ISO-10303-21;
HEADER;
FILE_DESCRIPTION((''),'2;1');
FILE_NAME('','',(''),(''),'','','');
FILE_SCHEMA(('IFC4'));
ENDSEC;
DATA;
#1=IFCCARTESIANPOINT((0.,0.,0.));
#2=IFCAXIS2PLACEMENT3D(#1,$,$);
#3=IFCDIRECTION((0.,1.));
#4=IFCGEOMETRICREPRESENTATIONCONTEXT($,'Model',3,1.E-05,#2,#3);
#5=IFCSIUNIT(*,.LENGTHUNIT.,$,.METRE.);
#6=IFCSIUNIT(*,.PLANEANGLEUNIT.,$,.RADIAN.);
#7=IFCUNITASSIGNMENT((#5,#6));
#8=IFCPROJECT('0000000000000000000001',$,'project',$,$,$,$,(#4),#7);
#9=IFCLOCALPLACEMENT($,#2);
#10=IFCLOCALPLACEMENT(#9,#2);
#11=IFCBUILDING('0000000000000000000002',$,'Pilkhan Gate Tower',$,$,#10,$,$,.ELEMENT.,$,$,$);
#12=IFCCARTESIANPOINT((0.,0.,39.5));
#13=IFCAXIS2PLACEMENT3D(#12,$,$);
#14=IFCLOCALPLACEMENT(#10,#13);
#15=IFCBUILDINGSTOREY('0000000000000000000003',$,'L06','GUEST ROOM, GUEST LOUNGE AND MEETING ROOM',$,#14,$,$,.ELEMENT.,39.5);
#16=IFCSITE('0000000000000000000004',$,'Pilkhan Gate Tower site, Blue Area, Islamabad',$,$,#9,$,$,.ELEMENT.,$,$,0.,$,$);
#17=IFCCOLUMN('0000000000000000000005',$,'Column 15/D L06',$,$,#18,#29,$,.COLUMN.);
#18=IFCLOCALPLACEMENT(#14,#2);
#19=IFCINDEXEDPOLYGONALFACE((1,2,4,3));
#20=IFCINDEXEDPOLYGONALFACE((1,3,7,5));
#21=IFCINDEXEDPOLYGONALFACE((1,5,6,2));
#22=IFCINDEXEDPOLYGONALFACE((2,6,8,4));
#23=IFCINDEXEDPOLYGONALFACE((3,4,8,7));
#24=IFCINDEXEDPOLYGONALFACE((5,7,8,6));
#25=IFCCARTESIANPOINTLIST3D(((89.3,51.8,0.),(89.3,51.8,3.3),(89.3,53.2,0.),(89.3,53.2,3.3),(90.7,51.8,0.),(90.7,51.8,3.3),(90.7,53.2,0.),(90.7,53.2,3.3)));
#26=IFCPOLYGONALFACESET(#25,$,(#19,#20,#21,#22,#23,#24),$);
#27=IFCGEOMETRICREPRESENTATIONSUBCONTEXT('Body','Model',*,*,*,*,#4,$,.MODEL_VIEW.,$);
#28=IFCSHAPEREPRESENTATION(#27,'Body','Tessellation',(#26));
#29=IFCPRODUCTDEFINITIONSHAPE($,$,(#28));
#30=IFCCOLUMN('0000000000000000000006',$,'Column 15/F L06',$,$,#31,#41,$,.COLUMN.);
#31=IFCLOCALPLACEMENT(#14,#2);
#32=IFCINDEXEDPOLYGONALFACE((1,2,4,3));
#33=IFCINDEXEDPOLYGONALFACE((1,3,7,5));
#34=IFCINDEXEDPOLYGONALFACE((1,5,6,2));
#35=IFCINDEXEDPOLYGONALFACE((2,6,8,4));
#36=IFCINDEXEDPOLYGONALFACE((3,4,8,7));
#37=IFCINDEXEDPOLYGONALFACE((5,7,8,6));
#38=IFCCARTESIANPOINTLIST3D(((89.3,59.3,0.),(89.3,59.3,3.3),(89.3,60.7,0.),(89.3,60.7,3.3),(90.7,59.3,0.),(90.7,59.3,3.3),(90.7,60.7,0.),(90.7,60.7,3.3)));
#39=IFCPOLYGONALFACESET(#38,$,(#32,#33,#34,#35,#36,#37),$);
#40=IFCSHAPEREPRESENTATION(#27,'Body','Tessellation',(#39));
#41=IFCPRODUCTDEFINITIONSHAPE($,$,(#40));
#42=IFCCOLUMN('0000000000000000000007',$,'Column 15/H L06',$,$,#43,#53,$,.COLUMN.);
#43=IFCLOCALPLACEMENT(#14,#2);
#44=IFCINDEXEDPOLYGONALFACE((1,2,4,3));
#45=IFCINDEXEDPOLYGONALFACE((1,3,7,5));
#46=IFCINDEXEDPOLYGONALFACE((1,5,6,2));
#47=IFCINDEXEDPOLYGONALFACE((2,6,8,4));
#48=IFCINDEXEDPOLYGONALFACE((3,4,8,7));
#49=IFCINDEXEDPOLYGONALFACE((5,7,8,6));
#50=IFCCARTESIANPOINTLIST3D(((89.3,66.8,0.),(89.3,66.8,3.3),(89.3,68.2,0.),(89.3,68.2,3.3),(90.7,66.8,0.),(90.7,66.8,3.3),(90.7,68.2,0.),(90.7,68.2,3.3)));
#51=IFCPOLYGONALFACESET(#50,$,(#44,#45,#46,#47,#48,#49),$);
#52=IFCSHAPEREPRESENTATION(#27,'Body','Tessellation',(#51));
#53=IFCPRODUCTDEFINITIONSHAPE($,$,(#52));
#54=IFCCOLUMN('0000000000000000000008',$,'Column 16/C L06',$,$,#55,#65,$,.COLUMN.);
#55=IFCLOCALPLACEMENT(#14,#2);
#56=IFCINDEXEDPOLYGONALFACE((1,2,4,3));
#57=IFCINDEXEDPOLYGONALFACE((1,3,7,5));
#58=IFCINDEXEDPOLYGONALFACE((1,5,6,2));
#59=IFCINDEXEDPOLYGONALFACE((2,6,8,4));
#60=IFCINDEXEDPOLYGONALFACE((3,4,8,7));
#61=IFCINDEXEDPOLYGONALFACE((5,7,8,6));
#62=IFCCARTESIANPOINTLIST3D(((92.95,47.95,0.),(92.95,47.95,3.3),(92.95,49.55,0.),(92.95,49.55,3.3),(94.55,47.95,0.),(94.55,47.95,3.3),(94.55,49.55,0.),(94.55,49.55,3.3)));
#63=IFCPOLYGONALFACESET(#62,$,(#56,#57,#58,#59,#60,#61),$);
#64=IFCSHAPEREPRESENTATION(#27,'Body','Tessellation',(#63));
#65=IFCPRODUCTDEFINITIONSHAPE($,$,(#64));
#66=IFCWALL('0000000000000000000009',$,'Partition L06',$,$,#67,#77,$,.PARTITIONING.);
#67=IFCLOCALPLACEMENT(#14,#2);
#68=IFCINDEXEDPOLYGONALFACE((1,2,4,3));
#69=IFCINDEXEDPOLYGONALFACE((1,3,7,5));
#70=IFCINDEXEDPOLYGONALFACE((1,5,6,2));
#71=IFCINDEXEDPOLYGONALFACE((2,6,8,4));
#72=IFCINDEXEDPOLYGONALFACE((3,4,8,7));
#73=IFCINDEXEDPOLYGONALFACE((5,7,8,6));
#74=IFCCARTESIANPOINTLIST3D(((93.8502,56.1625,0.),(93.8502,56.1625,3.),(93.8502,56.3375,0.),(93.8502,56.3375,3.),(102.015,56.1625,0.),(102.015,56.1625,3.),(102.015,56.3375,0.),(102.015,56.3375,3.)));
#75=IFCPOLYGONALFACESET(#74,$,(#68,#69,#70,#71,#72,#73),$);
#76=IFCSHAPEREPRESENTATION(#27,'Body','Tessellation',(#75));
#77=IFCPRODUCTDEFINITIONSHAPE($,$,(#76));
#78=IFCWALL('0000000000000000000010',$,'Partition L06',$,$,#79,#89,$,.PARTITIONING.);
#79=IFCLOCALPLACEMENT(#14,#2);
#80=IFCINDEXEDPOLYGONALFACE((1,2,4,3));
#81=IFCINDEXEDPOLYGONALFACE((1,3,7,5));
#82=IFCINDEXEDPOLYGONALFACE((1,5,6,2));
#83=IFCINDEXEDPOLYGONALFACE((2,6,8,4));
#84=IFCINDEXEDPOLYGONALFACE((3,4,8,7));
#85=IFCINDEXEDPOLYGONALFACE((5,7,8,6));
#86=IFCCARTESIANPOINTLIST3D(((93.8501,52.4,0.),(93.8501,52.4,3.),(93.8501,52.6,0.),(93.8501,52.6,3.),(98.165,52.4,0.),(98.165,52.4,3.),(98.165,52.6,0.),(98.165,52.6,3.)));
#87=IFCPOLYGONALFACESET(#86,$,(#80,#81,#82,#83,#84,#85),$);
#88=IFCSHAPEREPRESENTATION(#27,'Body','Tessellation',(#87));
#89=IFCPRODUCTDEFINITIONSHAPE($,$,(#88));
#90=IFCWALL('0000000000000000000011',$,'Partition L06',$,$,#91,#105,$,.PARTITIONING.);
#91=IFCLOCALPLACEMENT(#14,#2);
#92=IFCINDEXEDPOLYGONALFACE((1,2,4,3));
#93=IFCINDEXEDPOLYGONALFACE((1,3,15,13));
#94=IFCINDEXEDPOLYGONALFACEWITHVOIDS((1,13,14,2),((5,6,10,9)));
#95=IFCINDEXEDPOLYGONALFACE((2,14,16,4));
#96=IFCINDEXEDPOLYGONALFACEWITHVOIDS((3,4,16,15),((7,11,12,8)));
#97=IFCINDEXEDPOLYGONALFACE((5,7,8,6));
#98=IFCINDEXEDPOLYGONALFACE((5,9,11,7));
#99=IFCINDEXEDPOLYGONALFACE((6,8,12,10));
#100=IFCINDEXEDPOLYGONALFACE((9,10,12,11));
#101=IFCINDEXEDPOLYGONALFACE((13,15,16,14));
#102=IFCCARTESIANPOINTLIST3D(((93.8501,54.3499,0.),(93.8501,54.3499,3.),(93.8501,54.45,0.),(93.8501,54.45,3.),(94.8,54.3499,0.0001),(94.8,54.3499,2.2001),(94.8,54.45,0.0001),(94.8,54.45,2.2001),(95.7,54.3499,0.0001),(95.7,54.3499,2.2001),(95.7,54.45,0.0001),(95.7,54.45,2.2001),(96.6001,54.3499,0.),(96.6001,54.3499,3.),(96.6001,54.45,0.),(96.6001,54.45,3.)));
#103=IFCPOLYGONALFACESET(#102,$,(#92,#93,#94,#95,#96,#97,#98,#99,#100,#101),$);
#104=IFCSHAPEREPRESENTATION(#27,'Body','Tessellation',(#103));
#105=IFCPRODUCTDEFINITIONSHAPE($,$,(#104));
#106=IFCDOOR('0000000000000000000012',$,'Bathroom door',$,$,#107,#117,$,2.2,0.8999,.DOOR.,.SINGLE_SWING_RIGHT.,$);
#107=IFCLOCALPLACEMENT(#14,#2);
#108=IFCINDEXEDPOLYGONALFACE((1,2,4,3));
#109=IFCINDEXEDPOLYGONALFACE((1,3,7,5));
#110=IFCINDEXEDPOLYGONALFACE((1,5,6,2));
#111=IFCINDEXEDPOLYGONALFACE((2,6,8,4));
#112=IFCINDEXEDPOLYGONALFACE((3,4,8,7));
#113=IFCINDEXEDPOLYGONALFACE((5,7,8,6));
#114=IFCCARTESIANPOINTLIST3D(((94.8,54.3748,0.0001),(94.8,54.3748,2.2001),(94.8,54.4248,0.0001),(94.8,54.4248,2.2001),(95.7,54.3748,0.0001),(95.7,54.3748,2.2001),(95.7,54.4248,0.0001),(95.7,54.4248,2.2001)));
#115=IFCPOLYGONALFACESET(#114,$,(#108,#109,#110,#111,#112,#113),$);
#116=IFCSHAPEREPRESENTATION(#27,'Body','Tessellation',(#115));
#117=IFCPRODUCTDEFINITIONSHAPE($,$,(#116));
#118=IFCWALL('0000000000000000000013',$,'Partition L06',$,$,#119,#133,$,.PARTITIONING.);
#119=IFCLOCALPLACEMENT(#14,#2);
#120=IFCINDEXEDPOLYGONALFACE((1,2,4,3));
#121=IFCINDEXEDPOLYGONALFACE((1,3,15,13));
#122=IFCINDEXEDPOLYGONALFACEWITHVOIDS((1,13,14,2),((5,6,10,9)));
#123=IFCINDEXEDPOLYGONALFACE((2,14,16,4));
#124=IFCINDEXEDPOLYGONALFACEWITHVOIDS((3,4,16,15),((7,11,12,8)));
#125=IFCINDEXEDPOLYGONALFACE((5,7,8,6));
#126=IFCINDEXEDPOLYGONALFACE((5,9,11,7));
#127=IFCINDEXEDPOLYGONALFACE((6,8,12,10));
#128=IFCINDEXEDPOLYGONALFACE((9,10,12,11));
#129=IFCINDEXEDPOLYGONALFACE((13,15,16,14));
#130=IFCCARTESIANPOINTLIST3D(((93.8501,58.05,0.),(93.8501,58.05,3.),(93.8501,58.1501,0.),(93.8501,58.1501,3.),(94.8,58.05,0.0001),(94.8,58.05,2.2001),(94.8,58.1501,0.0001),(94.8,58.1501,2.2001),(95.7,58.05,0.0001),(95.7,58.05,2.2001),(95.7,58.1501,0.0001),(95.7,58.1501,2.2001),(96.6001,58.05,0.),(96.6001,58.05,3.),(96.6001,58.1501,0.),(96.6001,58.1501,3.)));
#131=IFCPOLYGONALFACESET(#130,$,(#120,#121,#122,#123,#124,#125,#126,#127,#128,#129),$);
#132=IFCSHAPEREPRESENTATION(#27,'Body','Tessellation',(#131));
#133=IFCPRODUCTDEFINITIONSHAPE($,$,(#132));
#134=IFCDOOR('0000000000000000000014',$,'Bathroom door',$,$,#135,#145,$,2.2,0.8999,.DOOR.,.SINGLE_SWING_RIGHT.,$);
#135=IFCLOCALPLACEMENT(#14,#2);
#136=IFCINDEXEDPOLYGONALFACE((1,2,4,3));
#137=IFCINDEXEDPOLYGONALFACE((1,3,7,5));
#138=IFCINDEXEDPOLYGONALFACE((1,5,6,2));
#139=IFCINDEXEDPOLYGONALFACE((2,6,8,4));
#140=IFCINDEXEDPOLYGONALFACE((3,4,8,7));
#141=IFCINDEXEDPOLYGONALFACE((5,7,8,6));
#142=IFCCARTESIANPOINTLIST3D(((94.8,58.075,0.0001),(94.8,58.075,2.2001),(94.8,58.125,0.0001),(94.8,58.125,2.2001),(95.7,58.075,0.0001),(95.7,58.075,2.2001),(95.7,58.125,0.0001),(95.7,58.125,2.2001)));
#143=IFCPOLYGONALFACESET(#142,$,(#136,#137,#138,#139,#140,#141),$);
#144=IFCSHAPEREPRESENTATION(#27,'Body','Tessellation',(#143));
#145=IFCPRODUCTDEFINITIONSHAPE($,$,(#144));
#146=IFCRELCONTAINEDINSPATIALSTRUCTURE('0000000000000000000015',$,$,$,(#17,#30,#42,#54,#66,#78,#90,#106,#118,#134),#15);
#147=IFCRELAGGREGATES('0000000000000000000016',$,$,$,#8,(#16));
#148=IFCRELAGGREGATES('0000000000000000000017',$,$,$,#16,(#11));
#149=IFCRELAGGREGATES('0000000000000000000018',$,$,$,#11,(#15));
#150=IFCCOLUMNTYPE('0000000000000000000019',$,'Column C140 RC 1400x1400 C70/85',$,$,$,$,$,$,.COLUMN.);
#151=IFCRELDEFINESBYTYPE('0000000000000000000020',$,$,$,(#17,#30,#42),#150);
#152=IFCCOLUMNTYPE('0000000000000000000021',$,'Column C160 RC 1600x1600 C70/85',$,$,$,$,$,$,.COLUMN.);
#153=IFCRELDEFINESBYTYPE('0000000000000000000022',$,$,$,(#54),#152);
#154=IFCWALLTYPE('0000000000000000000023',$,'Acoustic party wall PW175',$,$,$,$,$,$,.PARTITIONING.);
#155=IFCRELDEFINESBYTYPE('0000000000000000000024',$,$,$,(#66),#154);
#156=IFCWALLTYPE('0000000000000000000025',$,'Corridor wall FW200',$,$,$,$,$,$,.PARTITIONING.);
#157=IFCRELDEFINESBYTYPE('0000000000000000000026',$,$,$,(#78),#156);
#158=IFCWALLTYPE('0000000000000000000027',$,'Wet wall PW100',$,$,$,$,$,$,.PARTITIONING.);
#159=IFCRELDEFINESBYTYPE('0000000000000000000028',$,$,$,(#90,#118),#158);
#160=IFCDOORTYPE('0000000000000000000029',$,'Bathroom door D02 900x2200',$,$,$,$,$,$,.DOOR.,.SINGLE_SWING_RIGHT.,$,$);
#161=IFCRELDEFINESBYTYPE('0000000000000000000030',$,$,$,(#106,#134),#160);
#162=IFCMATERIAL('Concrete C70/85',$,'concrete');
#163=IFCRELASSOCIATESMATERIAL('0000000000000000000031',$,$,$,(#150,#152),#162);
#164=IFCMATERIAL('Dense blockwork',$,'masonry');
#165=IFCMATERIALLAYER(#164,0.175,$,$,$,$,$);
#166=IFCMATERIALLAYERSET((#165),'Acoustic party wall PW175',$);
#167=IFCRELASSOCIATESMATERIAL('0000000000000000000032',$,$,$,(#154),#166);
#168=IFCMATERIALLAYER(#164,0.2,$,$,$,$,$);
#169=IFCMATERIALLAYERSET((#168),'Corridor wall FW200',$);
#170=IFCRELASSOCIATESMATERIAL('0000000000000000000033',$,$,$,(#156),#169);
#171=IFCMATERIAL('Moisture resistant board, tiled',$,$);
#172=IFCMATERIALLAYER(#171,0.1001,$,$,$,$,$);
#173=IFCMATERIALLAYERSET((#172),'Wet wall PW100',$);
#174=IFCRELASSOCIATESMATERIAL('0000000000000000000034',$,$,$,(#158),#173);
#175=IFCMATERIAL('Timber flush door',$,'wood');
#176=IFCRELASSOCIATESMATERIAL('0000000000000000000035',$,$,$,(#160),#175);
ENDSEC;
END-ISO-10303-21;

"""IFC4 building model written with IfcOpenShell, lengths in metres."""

from ifc_helpers import new_model, si_unit, direction, frame, frame_2d, origin, origin_2d, place, context, subcontext, project, spatial, rectangle, extrude, material, layer, layer_set, material_profile, profile_set, type_object, element, fill, save


model = new_model("IFC4")

# Units and contexts
model_context = context("Model", 3, precision=1e-05, world=origin(), true_north=direction((0.0, 1.0)))
body_context = subcontext(model_context, "Body", "Model", "MODEL_VIEW")
ifc_project = project(units=[si_unit("LENGTHUNIT", "METRE"), si_unit("PLANEANGLEUNIT", "RADIAN")], contexts=[model_context])

# Site, building, storey
site_placement = place(None, origin())
site = spatial("IfcSite", under=ifc_project, at=site_placement, Name="Pilkhan Gate Tower site, Blue Area, Islamabad", CompositionType="ELEMENT", RefElevation=0.0)
building_placement = place(site_placement, origin())
building = spatial("IfcBuilding", under=site, at=building_placement, Name="Pilkhan Gate Tower", CompositionType="ELEMENT")
storey_placement = place(building_placement, frame((0.0, 0.0, 39.5)))
storey = spatial("IfcBuildingStorey", under=building, at=storey_placement, Name="L06", Description="GUEST ROOM, GUEST LOUNGE AND MEETING ROOM", CompositionType="ELEMENT", Elevation=39.5)

# Columns
ifc_material_1 = material(Name="Concrete C70/85", Category="concrete")
ifc_material_profile_1 = material_profile(ifc_material_1, rectangle(XDim=1.3999, YDim=1.3999, at=origin_2d()), Name="RC 1400x1400")
ifc_profile_set_1 = profile_set([ifc_material_profile_1], Name="Concrete C70/85")
column_type_1 = type_object("IfcColumnType", Name="Column C140 RC 1400x1400 C70/85", PredefinedType="COLUMN", material=ifc_profile_set_1)
for number, where, z_axis, x_axis, name in (
    (1, (90.0, 52.5, 0.0), (0.0, 0.0, 1.0), (1.0, 0.0, 0.0), "Column 15/D L06"),
    (2, (90.0, 60.0, 0.0), (0.0, 0.0, 1.0), (1.0, 0.0, 0.0), "Column 15/F L06"),
    (3, (90.0, 67.5, 0.0), (0.0, 0.0, 1.0), (1.0, 0.0, 0.0), "Column 15/H L06"),
):
    element("IfcColumn", number, at=place(storey_placement, frame(where, z_axis=z_axis, x_axis=x_axis)), inside=storey, type_object=column_type_1, Name=name, PredefinedType="COLUMN", context=body_context, shape_type="SweptSolid", body=[
        extrude(rectangle(XDim=1.3999, YDim=1.3999, at=origin_2d()), origin(), (0.0, 0.0, 1.0), 3.3),
    ])
ifc_material_profile_2 = material_profile(ifc_material_1, rectangle(XDim=1.6001, YDim=1.6001, at=origin_2d()), Name="RC 1600x1600")
ifc_profile_set_2 = profile_set([ifc_material_profile_2], Name="Concrete C70/85")
column_type_2 = type_object("IfcColumnType", Name="Column C160 RC 1600x1600 C70/85", PredefinedType="COLUMN", material=ifc_profile_set_2)
column_placement = place(storey_placement, frame((93.75, 48.75, 0.0), z_axis=(0.0, 0.0, 1.0), x_axis=(1.0, 0.0, 0.0)))
element("IfcColumn", 4, at=column_placement, inside=storey, type_object=column_type_2, Name="Column 16/C L06", PredefinedType="COLUMN", context=body_context, shape_type="SweptSolid", body=[
    extrude(rectangle(XDim=1.6001, YDim=1.6001, at=origin_2d()), origin(), (0.0, 0.0, 1.0), 3.3),
])

# Walls
ifc_material_2 = material(Name="Dense blockwork", Category="masonry")
ifc_layer_1 = layer(ifc_material_2, 0.175)
ifc_layer_set_1 = layer_set([ifc_layer_1], Name="Acoustic party wall PW175")
wall_type_1 = type_object("IfcWallType", Name="Acoustic party wall PW175", PredefinedType="PARTITIONING", material=ifc_layer_set_1)
wall_1_placement = place(storey_placement, frame((93.8501, 56.25, 0.0), z_axis=(0.0, 0.0, 1.0), x_axis=(1.0, 0.0, 0.0)))
element("IfcWall", 5, at=wall_1_placement, inside=storey, type_object=wall_type_1, Name="Partition L06", PredefinedType="PARTITIONING", context=body_context, shape_type="SweptSolid", body=[
    extrude(rectangle(XDim=8.1648, YDim=0.175, at=frame_2d((4.0825, 0.0))), origin(), (0.0, 0.0, 1.0), 3.0),
])
ifc_layer_2 = layer(ifc_material_2, 0.2)
ifc_layer_set_2 = layer_set([ifc_layer_2], Name="Corridor wall FW200")
wall_type_2 = type_object("IfcWallType", Name="Corridor wall FW200", PredefinedType="PARTITIONING", material=ifc_layer_set_2)
wall_2_placement = place(storey_placement, frame((93.8501, 52.5, 0.0), z_axis=(0.0, 0.0, 1.0), x_axis=(1.0, 0.0, 0.0)))
element("IfcWall", 6, at=wall_2_placement, inside=storey, type_object=wall_type_2, Name="Partition L06", PredefinedType="PARTITIONING", context=body_context, shape_type="SweptSolid", body=[
    extrude(rectangle(XDim=4.3149, YDim=0.2, at=frame_2d((2.1575, 0.0))), origin(), (0.0, 0.0, 1.0), 3.0),
])

# Walls, openings, doors
ifc_material_3 = material(Name="Moisture resistant board, tiled")
ifc_layer_3 = layer(ifc_material_3, 0.1001)
ifc_layer_set_3 = layer_set([ifc_layer_3], Name="Wet wall PW100")
wall_type_3 = type_object("IfcWallType", Name="Wet wall PW100", PredefinedType="PARTITIONING", material=ifc_layer_set_3)
wall_3_placement = place(storey_placement, frame((93.8501, 54.3999, 0.0), z_axis=(0.0, 0.0, 1.0), x_axis=(1.0, 0.0, 0.0)))
wall_3 = element("IfcWall", 7, at=wall_3_placement, inside=storey, type_object=wall_type_3, Name="Partition L06", PredefinedType="PARTITIONING", context=body_context, shape_type="SweptSolid", body=[
    extrude(rectangle(XDim=2.75, YDim=0.1001, at=frame_2d((1.375, 0.0))), origin(), (0.0, 0.0, 1.0), 3.0),
])
opening_1_placement = place(wall_3_placement, frame((0.95, 0.0, 0.0)))
opening_1 = element("IfcOpeningElement", 8, at=opening_1_placement, cuts=wall_3, PredefinedType="OPENING", context=body_context, shape_type="SweptSolid", body=[
    extrude(rectangle(XDim=0.8999, YDim=2.2, at=frame_2d((0.45, 1.1001))), frame((0.0, 0.0601, 0.0), z_axis=(0.0, -1.0, 0.0), x_axis=(1.0, 0.0, 0.0)), (0.0, 0.0, 1.0), 0.1201),
])
ifc_material_4 = material(Name="Timber flush door", Category="wood")
door_type_1 = type_object("IfcDoorType", Name="Bathroom door D02 900x2200", OperationType="SINGLE_SWING_RIGHT", PredefinedType="DOOR", material=ifc_material_4)
door_1_placement = place(opening_1_placement, origin())
door_1 = element("IfcDoor", 9, at=door_1_placement, inside=storey, type_object=door_type_1, Name="Bathroom door", OperationType="SINGLE_SWING_RIGHT", OverallHeight=2.2, OverallWidth=0.8999, PredefinedType="DOOR", context=body_context, shape_type="SweptSolid", body=[
    extrude(rectangle(XDim=0.8999, YDim=2.2, at=frame_2d((0.45, 1.1001))), frame((0.0, 0.0249, 0.0), z_axis=(0.0, -1.0, 0.0), x_axis=(1.0, 0.0, 0.0)), (0.0, 0.0, 1.0), 0.05),
])
fill(opening_1, door_1)
wall_4_placement = place(storey_placement, frame((93.8501, 58.1001, 0.0), z_axis=(0.0, 0.0, 1.0), x_axis=(1.0, 0.0, 0.0)))
wall_4 = element("IfcWall", 10, at=wall_4_placement, inside=storey, type_object=wall_type_3, Name="Partition L06", PredefinedType="PARTITIONING", context=body_context, shape_type="SweptSolid", body=[
    extrude(rectangle(XDim=2.75, YDim=0.1001, at=frame_2d((1.375, 0.0))), origin(), (0.0, 0.0, 1.0), 3.0),
])
opening_2_placement = place(wall_4_placement, frame((0.95, 0.0, 0.0)))
opening_2 = element("IfcOpeningElement", 11, at=opening_2_placement, cuts=wall_4, PredefinedType="OPENING", context=body_context, shape_type="SweptSolid", body=[
    extrude(rectangle(XDim=0.8999, YDim=2.2, at=frame_2d((0.45, 1.1001))), frame((0.0, 0.0601, 0.0), z_axis=(0.0, -1.0, 0.0), x_axis=(1.0, 0.0, 0.0)), (0.0, 0.0, 1.0), 0.1201),
])
door_2_placement = place(opening_2_placement, origin())
door_2 = element("IfcDoor", 12, at=door_2_placement, inside=storey, type_object=door_type_1, Name="Bathroom door", OperationType="SINGLE_SWING_RIGHT", OverallHeight=2.2, OverallWidth=0.8999, PredefinedType="DOOR", context=body_context, shape_type="SweptSolid", body=[
    extrude(rectangle(XDim=0.8999, YDim=2.2, at=frame_2d((0.45, 1.1001))), frame((0.0, 0.0249, 0.0), z_axis=(0.0, -1.0, 0.0), x_axis=(1.0, 0.0, 0.0)), (0.0, 0.0, 1.0), 0.05),
])
fill(opening_2, door_2)

save(model, "model.ifc")
